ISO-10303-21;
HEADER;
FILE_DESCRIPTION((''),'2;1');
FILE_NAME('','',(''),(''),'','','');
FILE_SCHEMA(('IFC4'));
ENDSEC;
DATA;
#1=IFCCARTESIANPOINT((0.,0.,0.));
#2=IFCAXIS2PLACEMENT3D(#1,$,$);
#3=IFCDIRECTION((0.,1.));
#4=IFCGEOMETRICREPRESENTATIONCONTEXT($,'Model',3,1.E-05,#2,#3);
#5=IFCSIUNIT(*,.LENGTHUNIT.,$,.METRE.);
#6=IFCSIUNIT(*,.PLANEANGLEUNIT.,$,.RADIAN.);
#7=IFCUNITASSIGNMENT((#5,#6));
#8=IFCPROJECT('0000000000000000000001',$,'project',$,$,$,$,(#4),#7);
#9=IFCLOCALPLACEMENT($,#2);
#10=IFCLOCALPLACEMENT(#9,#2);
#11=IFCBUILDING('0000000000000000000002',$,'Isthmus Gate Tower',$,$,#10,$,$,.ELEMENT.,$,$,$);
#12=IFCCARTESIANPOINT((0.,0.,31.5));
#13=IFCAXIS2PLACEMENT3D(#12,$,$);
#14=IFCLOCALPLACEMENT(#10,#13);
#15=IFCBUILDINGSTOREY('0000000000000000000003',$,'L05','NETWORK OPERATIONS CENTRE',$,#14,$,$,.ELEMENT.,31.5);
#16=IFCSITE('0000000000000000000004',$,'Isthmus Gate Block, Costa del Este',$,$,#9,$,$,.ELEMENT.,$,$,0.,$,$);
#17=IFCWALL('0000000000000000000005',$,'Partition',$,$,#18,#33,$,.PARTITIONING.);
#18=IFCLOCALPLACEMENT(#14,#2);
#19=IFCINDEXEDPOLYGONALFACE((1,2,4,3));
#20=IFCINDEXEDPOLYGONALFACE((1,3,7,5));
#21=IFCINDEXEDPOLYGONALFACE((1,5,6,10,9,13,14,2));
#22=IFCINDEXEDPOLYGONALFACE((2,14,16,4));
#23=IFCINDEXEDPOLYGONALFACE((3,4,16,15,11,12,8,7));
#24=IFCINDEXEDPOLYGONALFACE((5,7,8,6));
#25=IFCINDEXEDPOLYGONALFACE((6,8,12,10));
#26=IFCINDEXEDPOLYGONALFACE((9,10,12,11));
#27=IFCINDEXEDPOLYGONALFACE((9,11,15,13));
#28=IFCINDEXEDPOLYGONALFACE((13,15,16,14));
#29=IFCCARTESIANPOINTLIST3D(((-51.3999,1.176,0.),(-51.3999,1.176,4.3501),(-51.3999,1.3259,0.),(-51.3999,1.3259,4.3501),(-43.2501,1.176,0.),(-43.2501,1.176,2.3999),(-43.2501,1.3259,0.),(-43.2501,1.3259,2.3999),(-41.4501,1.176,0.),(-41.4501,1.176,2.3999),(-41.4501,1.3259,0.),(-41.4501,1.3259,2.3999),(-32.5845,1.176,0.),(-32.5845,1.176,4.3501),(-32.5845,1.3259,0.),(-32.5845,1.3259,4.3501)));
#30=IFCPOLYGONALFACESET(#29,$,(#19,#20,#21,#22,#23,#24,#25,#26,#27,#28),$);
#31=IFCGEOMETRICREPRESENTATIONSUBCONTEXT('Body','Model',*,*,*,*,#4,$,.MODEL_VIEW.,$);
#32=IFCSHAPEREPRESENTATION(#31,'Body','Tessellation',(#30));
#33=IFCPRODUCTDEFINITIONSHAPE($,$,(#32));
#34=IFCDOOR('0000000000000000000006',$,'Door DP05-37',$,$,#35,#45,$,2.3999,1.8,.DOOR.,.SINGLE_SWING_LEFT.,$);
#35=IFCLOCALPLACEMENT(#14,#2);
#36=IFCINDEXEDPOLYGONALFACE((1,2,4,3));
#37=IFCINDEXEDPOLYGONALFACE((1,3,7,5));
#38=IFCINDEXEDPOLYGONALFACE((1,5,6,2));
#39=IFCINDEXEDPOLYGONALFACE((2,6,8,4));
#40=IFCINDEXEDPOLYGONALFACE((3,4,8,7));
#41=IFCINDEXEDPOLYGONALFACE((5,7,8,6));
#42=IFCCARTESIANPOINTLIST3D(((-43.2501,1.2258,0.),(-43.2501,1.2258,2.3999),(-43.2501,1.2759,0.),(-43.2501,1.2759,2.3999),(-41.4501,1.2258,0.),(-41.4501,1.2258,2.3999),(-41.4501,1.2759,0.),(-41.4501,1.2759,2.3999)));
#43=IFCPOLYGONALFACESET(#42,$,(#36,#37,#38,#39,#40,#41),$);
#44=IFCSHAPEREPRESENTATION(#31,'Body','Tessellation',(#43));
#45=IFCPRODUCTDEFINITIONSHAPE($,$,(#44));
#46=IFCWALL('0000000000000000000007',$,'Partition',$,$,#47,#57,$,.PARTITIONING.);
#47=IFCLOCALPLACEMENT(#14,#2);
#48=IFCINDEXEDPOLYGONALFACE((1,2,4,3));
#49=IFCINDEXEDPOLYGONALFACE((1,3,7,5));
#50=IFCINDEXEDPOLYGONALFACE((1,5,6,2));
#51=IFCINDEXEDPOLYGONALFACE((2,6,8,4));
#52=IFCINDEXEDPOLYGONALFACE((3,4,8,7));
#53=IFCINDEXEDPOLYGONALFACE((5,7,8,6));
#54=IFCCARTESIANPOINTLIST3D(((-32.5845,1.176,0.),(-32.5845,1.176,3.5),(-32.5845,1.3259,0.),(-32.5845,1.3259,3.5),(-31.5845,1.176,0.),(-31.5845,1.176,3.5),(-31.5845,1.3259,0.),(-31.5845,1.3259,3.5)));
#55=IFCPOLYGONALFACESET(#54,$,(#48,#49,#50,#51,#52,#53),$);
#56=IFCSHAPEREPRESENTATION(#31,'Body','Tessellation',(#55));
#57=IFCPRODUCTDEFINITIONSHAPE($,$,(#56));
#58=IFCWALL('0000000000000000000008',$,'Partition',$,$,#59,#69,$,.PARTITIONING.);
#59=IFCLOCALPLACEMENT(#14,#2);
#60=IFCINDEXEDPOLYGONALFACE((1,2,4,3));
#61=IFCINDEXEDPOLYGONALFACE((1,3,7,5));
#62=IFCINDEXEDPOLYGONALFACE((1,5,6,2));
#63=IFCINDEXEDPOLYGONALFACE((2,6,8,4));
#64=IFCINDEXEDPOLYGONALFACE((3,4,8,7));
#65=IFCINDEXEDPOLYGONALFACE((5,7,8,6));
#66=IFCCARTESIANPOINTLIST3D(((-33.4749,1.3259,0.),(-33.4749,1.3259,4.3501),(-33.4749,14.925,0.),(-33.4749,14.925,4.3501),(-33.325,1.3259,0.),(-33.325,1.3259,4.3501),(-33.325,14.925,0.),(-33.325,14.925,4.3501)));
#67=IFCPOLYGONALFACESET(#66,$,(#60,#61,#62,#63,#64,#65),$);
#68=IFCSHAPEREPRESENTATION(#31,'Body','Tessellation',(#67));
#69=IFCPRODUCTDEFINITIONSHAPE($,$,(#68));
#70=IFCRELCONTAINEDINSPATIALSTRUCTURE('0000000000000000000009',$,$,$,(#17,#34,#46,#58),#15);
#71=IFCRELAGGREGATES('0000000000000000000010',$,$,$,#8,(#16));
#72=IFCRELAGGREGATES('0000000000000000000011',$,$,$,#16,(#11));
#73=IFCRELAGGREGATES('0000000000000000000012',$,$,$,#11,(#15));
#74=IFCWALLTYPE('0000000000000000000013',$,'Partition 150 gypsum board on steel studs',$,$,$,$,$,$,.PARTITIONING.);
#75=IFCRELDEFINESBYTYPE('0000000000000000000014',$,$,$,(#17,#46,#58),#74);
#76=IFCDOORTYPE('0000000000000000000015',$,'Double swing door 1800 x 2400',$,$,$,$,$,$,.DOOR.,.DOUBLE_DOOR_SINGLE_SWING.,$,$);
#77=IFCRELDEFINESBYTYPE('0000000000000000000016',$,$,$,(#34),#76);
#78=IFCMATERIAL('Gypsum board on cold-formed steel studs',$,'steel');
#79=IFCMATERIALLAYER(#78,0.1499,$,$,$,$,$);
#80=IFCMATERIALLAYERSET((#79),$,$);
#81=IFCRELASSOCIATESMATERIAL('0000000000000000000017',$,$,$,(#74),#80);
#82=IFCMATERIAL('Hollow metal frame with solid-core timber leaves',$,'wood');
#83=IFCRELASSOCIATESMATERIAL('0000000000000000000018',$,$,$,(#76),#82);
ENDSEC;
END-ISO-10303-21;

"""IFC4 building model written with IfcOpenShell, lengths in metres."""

from ifc_helpers import new_model, si_unit, direction, frame, frame_2d, origin, place, context, subcontext, project, spatial, rectangle, extrude, material, layer, layer_set, type_object, element, fill, save


model = new_model("IFC4")

# Units and contexts
model_context = context("Model", 3, precision=1e-05, world=origin(), true_north=direction((0.0, 1.0)))
body_context = subcontext(model_context, "Body", "Model", "MODEL_VIEW")
ifc_project = project(units=[si_unit("LENGTHUNIT", "METRE"), si_unit("PLANEANGLEUNIT", "RADIAN")], contexts=[model_context])

# Site, building, storey
site_placement = place(None, origin())
site = spatial("IfcSite", under=ifc_project, at=site_placement, Name="Isthmus Gate Block, Costa del Este", CompositionType="ELEMENT", RefElevation=0.0)
building_placement = place(site_placement, origin())
building = spatial("IfcBuilding", under=site, at=building_placement, Name="Isthmus Gate Tower", CompositionType="ELEMENT")
storey_placement = place(building_placement, frame((0.0, 0.0, 31.5)))
storey = spatial("IfcBuildingStorey", under=building, at=storey_placement, Name="L05", Description="NETWORK OPERATIONS CENTRE", CompositionType="ELEMENT", Elevation=31.5)

# Shared definitions
ifc_material_1 = material(Name="Gypsum board on cold-formed steel studs", Category="steel")
ifc_layer_1 = layer(ifc_material_1, 0.1499)
ifc_layer_set_1 = layer_set([ifc_layer_1])
wall_type_1 = type_object("IfcWallType", Name="Partition 150 gypsum board on steel studs", PredefinedType="PARTITIONING", material=ifc_layer_set_1)

# Shared definitions
ifc_material_2 = material(Name="Hollow metal frame with solid-core timber leaves", Category="wood")
door_type = type_object("IfcDoorType", Name="Double swing door 1800 x 2400", OperationType="DOUBLE_DOOR_SINGLE_SWING", PredefinedType="DOOR", material=ifc_material_2)

# Wall, opening, door
wall_1_placement = place(storey_placement, frame((-51.3999, 1.251, 0.0), z_axis=(0.0, 0.0, 1.0), x_axis=(1.0, 0.0, 0.0)))
wall_1 = element("IfcWall", 1, at=wall_1_placement, inside=storey, type_object=wall_type_1, Name="Partition", PredefinedType="PARTITIONING", context=body_context, shape_type="SweptSolid", body=[
    extrude(rectangle(XDim=18.8154, YDim=0.1499, at=frame_2d((9.4077, 0.0))), origin(), (0.0, 0.0, 1.0), 4.3501),
])
opening_1_placement = place(wall_1_placement, frame((8.1499, 0.0, 0.0)))
opening_1 = element("IfcOpeningElement", 2, at=opening_1_placement, cuts=wall_1, PredefinedType="OPENING", context=body_context, shape_type="SweptSolid", body=[
    extrude(rectangle(XDim=1.8, YDim=2.3999, at=frame_2d((0.8999, 1.2))), frame((0.0, 0.085, 0.0), z_axis=(0.0, -1.0, 0.0), x_axis=(1.0, 0.0, 0.0)), (0.0, 0.0, 1.0), 0.1699),
])
door_1_placement = place(opening_1_placement, origin())
door_1 = element("IfcDoor", 3, at=door_1_placement, inside=storey, type_object=door_type, Name="Door DP05-37", OperationType="SINGLE_SWING_LEFT", OverallHeight=2.3999, OverallWidth=1.8, PredefinedType="DOOR", context=body_context, shape_type="SweptSolid", body=[
    extrude(rectangle(XDim=1.8, YDim=2.3999, at=frame_2d((0.8999, 1.2))), frame((0.0, 0.0249, 0.0), z_axis=(0.0, -1.0, 0.0), x_axis=(1.0, 0.0, 0.0)), (0.0, 0.0, 1.0), 0.05),
])
fill(opening_1, door_1)

# Walls
wall_2_placement = place(storey_placement, frame((-32.5845, 1.251, 0.0), z_axis=(0.0, 0.0, 1.0), x_axis=(1.0, 0.0, 0.0)))
element("IfcWall", 4, at=wall_2_placement, inside=storey, type_object=wall_type_1, Name="Partition", PredefinedType="PARTITIONING", context=body_context, shape_type="SweptSolid", body=[
    extrude(rectangle(XDim=1.0, YDim=0.1499, at=frame_2d((0.5, 0.0))), origin(), (0.0, 0.0, 1.0), 3.5),
])
wall_3_placement = place(storey_placement, frame((-33.3999, 1.3259, 0.0), z_axis=(0.0, 0.0, 1.0), x_axis=(0.0, 1.0, 0.0)))
element("IfcWall", 5, at=wall_3_placement, inside=storey, type_object=wall_type_1, Name="Partition", PredefinedType="PARTITIONING", context=body_context, shape_type="SweptSolid", body=[
    extrude(rectangle(XDim=13.5991, YDim=0.1499, at=frame_2d((6.7996, 0.0))), origin(), (0.0, 0.0, 1.0), 4.3501),
])

save(model, "model.ifc")
